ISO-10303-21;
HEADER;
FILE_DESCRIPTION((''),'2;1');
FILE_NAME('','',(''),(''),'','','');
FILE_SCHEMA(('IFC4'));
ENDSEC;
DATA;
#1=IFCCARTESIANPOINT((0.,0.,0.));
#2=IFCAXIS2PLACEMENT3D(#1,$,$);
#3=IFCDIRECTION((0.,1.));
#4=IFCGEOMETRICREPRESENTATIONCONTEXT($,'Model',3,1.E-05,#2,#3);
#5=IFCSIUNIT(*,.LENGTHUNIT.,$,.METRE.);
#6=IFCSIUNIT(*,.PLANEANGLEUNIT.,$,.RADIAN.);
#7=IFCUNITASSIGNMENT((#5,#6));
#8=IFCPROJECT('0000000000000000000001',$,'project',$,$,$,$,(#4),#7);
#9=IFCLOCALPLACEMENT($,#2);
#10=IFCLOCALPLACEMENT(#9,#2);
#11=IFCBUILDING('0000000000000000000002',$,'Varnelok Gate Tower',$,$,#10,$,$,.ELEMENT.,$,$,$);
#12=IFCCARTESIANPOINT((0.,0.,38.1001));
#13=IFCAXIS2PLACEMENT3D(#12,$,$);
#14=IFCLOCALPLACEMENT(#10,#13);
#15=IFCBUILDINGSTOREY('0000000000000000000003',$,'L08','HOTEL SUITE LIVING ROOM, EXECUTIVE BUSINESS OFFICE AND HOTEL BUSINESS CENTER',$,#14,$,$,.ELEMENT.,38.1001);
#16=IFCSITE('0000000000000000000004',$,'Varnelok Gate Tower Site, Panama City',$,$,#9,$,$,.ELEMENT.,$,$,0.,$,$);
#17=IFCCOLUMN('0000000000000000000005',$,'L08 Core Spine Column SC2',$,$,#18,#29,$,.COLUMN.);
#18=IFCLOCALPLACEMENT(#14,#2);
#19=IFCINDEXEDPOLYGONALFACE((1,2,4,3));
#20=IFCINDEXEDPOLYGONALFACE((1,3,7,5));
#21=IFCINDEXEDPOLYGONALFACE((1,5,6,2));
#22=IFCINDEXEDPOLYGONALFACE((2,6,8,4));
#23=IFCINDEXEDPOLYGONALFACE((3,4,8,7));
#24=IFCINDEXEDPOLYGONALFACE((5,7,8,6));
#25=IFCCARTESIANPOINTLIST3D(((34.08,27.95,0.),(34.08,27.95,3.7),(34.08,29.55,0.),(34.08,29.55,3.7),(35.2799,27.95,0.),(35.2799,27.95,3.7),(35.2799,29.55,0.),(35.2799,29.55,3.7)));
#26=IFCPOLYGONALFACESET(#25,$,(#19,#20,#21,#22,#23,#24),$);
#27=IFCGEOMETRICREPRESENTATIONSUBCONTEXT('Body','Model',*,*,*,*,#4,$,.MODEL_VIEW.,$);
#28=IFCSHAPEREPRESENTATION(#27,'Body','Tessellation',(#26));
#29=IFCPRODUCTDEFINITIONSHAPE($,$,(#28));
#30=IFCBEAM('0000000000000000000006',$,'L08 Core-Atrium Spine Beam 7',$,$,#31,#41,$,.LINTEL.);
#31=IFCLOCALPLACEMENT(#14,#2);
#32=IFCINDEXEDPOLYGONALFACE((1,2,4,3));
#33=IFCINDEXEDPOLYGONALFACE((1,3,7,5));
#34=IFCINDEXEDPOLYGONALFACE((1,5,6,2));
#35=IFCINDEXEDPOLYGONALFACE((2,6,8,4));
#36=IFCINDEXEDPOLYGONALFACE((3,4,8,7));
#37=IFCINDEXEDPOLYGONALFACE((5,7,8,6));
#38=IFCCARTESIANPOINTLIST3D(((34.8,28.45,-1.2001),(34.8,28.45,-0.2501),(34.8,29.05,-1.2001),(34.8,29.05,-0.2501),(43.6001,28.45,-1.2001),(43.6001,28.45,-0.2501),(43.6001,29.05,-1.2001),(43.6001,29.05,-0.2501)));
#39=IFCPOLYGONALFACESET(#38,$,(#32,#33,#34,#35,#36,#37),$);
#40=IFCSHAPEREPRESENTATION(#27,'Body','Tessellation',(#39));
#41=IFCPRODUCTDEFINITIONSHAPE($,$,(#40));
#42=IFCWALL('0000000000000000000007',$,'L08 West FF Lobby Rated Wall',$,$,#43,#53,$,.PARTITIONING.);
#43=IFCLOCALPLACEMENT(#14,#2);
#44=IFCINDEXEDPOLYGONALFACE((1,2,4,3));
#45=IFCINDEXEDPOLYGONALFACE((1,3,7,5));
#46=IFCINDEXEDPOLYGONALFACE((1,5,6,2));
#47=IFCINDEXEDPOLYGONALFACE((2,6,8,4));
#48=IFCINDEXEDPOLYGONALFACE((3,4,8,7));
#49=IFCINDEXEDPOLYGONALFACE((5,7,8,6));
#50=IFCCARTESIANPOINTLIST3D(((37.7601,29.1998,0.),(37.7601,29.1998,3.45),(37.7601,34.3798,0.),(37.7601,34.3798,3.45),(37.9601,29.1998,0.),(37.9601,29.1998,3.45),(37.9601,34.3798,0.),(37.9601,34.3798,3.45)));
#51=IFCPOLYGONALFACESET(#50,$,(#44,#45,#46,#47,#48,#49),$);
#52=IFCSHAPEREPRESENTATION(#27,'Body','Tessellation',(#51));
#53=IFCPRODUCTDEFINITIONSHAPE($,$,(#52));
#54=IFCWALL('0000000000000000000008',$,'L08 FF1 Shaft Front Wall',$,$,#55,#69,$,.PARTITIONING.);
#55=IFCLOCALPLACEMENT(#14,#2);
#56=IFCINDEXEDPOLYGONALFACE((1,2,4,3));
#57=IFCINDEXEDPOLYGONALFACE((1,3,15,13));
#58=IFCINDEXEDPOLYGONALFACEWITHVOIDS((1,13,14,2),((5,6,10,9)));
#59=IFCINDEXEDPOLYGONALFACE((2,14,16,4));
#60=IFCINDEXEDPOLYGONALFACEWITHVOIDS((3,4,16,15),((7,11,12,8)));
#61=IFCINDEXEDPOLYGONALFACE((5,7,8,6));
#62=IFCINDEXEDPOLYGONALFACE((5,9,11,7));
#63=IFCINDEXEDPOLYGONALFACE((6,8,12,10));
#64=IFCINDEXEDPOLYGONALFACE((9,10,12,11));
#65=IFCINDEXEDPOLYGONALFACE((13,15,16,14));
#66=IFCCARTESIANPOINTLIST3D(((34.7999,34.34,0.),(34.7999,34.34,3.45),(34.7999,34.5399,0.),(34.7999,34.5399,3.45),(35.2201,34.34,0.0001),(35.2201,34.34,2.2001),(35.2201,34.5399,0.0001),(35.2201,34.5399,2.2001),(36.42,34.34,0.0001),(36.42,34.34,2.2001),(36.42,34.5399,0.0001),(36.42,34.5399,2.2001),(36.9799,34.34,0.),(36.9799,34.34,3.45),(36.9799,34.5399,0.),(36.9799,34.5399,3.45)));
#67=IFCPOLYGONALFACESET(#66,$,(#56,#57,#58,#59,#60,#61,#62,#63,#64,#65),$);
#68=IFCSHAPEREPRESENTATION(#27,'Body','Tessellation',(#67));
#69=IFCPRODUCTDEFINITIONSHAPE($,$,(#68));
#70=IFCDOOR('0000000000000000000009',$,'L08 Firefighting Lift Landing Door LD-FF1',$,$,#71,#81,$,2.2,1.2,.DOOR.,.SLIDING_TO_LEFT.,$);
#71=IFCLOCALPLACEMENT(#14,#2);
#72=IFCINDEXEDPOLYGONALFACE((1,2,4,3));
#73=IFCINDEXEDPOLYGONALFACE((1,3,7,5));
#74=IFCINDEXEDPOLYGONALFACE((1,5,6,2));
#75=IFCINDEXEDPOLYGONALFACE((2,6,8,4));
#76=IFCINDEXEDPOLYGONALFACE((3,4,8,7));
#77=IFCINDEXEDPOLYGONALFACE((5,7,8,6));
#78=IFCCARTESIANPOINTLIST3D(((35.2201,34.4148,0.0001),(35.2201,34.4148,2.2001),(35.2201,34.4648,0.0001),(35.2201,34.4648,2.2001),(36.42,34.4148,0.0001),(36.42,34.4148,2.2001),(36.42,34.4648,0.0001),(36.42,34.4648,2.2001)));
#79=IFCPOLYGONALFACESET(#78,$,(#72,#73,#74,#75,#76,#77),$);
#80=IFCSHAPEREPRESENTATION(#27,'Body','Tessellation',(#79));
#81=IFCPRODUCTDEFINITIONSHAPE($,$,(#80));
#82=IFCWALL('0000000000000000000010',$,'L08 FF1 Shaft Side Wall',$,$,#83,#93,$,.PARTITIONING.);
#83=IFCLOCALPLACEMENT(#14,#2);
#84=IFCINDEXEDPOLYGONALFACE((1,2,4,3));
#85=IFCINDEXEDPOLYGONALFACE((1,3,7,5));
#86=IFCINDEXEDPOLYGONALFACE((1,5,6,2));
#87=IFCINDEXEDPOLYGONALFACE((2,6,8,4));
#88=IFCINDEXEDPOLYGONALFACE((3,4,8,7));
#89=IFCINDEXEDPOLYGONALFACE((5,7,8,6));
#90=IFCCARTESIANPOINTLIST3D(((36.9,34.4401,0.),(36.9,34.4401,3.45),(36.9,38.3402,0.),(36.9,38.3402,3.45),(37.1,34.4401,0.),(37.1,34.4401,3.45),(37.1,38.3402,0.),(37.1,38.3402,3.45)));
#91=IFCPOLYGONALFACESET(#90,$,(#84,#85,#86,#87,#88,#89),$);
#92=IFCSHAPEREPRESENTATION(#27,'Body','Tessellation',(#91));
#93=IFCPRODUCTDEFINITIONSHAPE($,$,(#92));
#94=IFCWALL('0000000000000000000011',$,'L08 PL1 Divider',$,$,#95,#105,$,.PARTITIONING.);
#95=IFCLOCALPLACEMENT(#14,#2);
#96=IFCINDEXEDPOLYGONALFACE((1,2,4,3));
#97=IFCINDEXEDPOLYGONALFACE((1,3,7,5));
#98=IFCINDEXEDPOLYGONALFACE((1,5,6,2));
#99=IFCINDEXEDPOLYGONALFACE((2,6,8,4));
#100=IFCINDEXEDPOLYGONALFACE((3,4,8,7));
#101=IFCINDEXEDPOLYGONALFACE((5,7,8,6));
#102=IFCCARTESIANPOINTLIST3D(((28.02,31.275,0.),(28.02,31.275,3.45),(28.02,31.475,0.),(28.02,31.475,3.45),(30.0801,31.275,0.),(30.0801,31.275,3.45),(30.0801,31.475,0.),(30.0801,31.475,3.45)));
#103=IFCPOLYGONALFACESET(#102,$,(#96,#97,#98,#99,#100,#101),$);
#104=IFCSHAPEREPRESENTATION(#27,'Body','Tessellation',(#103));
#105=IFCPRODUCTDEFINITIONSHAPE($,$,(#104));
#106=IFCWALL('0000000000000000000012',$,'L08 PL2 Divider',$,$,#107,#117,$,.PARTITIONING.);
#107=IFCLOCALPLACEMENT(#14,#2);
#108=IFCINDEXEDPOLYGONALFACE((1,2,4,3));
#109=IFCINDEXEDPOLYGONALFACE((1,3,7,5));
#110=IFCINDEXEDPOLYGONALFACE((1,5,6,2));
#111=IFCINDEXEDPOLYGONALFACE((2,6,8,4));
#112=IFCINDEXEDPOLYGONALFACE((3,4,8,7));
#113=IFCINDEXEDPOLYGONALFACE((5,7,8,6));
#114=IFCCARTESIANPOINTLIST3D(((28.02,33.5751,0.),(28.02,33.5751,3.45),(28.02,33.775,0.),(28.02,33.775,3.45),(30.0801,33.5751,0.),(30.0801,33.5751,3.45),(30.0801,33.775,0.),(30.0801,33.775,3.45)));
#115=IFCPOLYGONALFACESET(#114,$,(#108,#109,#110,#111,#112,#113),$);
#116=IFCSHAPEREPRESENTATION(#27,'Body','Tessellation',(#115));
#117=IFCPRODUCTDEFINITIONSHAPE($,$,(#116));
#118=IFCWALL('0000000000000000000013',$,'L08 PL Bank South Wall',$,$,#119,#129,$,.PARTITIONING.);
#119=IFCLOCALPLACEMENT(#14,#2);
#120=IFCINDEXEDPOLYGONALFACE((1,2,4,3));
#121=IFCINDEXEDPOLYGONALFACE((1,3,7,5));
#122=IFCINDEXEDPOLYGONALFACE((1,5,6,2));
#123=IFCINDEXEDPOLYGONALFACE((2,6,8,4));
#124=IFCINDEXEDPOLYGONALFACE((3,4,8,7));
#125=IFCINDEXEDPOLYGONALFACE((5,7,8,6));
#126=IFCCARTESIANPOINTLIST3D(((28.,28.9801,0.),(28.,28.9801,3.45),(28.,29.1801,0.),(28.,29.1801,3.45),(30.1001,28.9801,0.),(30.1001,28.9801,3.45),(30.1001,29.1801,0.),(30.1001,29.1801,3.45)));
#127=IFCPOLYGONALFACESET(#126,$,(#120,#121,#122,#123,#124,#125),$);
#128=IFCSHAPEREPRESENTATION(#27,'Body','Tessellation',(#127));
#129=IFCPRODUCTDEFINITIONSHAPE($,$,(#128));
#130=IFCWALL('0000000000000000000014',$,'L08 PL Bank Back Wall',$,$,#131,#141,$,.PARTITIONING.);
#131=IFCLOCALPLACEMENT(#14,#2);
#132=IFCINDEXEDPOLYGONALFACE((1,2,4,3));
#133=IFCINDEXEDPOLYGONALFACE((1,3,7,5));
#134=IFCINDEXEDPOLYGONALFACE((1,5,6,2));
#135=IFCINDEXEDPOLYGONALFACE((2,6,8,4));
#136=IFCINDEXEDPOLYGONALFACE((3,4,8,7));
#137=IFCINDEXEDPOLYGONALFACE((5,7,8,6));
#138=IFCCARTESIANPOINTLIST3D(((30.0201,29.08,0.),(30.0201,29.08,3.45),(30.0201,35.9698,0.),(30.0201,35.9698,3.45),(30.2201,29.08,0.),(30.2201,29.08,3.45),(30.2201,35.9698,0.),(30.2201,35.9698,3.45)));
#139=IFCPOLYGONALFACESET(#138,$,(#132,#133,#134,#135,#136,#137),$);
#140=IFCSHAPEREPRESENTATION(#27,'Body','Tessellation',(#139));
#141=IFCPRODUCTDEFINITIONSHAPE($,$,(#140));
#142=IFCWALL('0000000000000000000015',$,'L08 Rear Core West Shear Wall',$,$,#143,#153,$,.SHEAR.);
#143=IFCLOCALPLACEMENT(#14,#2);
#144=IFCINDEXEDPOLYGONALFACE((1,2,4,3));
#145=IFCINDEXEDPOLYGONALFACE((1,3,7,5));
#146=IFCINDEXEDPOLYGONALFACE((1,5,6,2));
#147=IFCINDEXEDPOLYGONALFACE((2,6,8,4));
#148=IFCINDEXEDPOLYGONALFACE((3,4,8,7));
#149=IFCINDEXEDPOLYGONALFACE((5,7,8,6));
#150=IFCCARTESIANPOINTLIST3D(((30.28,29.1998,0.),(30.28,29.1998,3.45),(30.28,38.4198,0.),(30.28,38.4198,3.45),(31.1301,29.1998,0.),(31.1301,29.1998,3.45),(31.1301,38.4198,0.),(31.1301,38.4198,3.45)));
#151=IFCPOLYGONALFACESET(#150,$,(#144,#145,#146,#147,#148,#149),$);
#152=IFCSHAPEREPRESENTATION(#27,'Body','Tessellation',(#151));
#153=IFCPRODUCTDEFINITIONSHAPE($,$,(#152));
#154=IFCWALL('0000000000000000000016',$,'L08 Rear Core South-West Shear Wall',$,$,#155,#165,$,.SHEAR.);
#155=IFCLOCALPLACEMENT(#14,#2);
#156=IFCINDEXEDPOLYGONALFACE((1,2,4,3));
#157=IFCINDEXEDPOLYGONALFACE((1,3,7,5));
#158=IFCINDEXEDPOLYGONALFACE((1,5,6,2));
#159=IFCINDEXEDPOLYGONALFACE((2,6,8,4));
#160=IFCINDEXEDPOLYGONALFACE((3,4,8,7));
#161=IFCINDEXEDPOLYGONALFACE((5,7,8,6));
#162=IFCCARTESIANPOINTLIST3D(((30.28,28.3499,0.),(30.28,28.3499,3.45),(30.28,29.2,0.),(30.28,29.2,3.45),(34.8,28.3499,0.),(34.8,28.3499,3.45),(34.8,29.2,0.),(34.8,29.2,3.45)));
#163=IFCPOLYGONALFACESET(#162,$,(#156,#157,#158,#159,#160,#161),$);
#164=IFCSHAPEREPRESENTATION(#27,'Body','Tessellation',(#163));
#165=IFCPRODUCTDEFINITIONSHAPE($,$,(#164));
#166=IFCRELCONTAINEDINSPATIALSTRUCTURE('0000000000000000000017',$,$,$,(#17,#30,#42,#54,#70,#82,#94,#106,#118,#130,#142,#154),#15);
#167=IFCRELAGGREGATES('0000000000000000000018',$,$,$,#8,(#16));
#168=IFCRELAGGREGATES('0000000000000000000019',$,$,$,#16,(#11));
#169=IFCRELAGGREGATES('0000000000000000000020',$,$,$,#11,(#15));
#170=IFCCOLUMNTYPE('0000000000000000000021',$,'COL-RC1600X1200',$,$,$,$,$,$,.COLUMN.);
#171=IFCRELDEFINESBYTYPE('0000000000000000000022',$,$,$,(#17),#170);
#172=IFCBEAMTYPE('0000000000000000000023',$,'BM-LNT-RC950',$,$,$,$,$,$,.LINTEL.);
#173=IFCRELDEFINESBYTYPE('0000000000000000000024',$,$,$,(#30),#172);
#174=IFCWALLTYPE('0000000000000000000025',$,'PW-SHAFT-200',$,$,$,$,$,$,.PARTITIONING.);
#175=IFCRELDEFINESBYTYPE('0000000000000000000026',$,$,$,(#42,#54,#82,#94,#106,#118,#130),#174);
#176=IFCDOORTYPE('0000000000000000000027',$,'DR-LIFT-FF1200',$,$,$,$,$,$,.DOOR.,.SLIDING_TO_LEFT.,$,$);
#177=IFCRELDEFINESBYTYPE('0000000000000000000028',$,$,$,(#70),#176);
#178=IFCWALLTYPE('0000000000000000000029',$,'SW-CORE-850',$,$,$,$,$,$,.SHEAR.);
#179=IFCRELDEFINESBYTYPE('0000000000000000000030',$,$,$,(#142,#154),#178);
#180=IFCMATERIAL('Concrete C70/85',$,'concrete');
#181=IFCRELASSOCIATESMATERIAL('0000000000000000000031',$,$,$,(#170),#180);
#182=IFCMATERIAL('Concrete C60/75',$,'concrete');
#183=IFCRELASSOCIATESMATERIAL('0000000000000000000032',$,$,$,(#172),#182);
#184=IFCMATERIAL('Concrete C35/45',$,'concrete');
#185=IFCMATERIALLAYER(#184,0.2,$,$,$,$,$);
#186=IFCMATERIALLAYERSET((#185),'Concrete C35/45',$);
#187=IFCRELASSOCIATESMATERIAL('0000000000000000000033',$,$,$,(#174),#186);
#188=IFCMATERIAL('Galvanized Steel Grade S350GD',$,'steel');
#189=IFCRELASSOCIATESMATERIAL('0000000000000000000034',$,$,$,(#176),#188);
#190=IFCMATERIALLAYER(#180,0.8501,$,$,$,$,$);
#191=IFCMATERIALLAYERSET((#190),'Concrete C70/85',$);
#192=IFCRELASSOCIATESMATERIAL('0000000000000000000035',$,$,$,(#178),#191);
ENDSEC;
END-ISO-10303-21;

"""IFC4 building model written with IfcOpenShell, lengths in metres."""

from ifc_helpers import new_model, si_unit, direction, frame, frame_2d, origin, origin_2d, place, context, subcontext, project, spatial, rectangle, extrude, material, layer, layer_set, material_profile, profile_set, type_object, element, fill, save


model = new_model("IFC4")

# Units and contexts
model_context = context("Model", 3, precision=1e-05, world=origin(), true_north=direction((0.0, 1.0)))
body_context = subcontext(model_context, "Body", "Model", "MODEL_VIEW")
ifc_project = project(units=[si_unit("LENGTHUNIT", "METRE"), si_unit("PLANEANGLEUNIT", "RADIAN")], contexts=[model_context])

# Site, building, storey
site_placement = place(None, origin())
site = spatial("IfcSite", under=ifc_project, at=site_placement, Name="Varnelok Gate Tower Site, Panama City", CompositionType="ELEMENT", RefElevation=0.0)
building_placement = place(site_placement, origin())
building = spatial("IfcBuilding", under=site, at=building_placement, Name="Varnelok Gate Tower", CompositionType="ELEMENT")
storey_placement = place(building_placement, frame((0.0, 0.0, 38.1001)))
storey = spatial("IfcBuildingStorey", under=building, at=storey_placement, Name="L08", Description="HOTEL SUITE LIVING ROOM, EXECUTIVE BUSINESS OFFICE AND HOTEL BUSINESS CENTER", CompositionType="ELEMENT", Elevation=38.1001)

# Column
ifc_material_1 = material(Name="Concrete C70/85", Category="concrete")
ifc_material_profile_1 = material_profile(ifc_material_1, rectangle(XDim=1.2, YDim=1.6001, at=origin_2d()), Name="RC1600X1200")
ifc_profile_set_1 = profile_set([ifc_material_profile_1], Name="Concrete C70/85")
column_type = type_object("IfcColumnType", Name="COL-RC1600X1200", PredefinedType="COLUMN", material=ifc_profile_set_1)
column_placement = place(storey_placement, frame((34.6799, 28.75, 0.0), z_axis=(0.0, 0.0, 1.0), x_axis=(1.0, 0.0, 0.0)))
element("IfcColumn", 1, at=column_placement, inside=storey, type_object=column_type, Name="L08 Core Spine Column SC2", PredefinedType="COLUMN", context=body_context, shape_type="SweptSolid", body=[
    extrude(rectangle(XDim=1.2, YDim=1.6001, at=origin_2d()), origin(), (0.0, 0.0, 1.0), 3.7),
])

# Beam
ifc_material_2 = material(Name="Concrete C60/75", Category="concrete")
ifc_material_profile_2 = material_profile(ifc_material_2, rectangle(XDim=0.6001, YDim=0.95, at=origin_2d()), Name="RC950X600")
ifc_profile_set_2 = profile_set([ifc_material_profile_2], Name="Concrete C60/75")
beam_type = type_object("IfcBeamType", Name="BM-LNT-RC950", PredefinedType="LINTEL", material=ifc_profile_set_2)
beam_placement = place(storey_placement, frame((34.8, 28.75, -0.7251), z_axis=(1.0, 0.0, 0.0), x_axis=(0.0, 1.0, 0.0)))
element("IfcBeam", 2, at=beam_placement, inside=storey, type_object=beam_type, Name="L08 Core-Atrium Spine Beam 7", PredefinedType="LINTEL", context=body_context, shape_type="SweptSolid", body=[
    extrude(rectangle(XDim=0.6001, YDim=0.95, at=origin_2d()), origin(), (0.0, 0.0, 1.0), 8.8),
])

# Wall
ifc_material_3 = material(Name="Concrete C35/45", Category="concrete")
ifc_layer_1 = layer(ifc_material_3, 0.2)
ifc_layer_set_1 = layer_set([ifc_layer_1], Name="Concrete C35/45")
wall_type_1 = type_object("IfcWallType", Name="PW-SHAFT-200", PredefinedType="PARTITIONING", material=ifc_layer_set_1)
wall_1_placement = place(storey_placement, frame((37.8601, 29.2, 0.0), z_axis=(0.0, 0.0, 1.0), x_axis=(0.0, 1.0, 0.0)))
element("IfcWall", 3, at=wall_1_placement, inside=storey, type_object=wall_type_1, Name="L08 West FF Lobby Rated Wall", PredefinedType="PARTITIONING", context=body_context, shape_type="SweptSolid", body=[
    extrude(rectangle(XDim=5.1799, YDim=0.2, at=frame_2d((2.5898, 0.0))), origin(), (0.0, 0.0, 1.0), 3.45),
])

# Wall, opening, door
wall_2_placement = place(storey_placement, frame((34.8, 34.4399, 0.0), z_axis=(0.0, 0.0, 1.0), x_axis=(1.0, 0.0, 0.0)))
wall_2 = element("IfcWall", 4, at=wall_2_placement, inside=storey, type_object=wall_type_1, Name="L08 FF1 Shaft Front Wall", PredefinedType="PARTITIONING", context=body_context, shape_type="SweptSolid", body=[
    extrude(rectangle(XDim=2.1799, YDim=0.2, at=frame_2d((1.0898, 0.0))), origin(), (0.0, 0.0, 1.0), 3.45),
])
opening_1_placement = place(wall_2_placement, frame((0.4199, 0.0, 0.0)))
opening_1 = element("IfcOpeningElement", 5, at=opening_1_placement, cuts=wall_2, PredefinedType="OPENING", context=body_context, shape_type="SweptSolid", body=[
    extrude(rectangle(XDim=1.2, YDim=2.2, at=frame_2d((0.6001, 1.1001))), frame((0.0, 0.1099, 0.0), z_axis=(0.0, -1.0, 0.0), x_axis=(1.0, 0.0, 0.0)), (0.0, 0.0, 1.0), 0.22),
])
ifc_material_4 = material(Name="Galvanized Steel Grade S350GD", Category="steel")
door_type_1 = type_object("IfcDoorType", Name="DR-LIFT-FF1200", OperationType="SLIDING_TO_LEFT", PredefinedType="DOOR", material=ifc_material_4)
door_1_placement = place(opening_1_placement, origin())
door_1 = element("IfcDoor", 6, at=door_1_placement, inside=storey, type_object=door_type_1, Name="L08 Firefighting Lift Landing Door LD-FF1", OperationType="SLIDING_TO_LEFT", OverallHeight=2.2, OverallWidth=1.2, PredefinedType="DOOR", context=body_context, shape_type="SweptSolid", body=[
    extrude(rectangle(XDim=1.2, YDim=2.2, at=frame_2d((0.6001, 1.1001))), frame((0.0, 0.0249, 0.0), z_axis=(0.0, -1.0, 0.0), x_axis=(1.0, 0.0, 0.0)), (0.0, 0.0, 1.0), 0.05),
])
fill(opening_1, door_1)

# Walls
wall_3_placement = place(storey_placement, frame((37.0, 34.4399, 0.0), z_axis=(0.0, 0.0, 1.0), x_axis=(0.0, 1.0, 0.0)))
element("IfcWall", 7, at=wall_3_placement, inside=storey, type_object=wall_type_1, Name="L08 FF1 Shaft Side Wall", PredefinedType="PARTITIONING", context=body_context, shape_type="SweptSolid", body=[
    extrude(rectangle(XDim=3.9001, YDim=0.2, at=frame_2d((1.9502, 0.0))), origin(), (0.0, 0.0, 1.0), 3.45),
])
for number, where, z_axis, x_axis, name in (
    (8, (28.02, 31.375, 0.0), (0.0, 0.0, 1.0), (1.0, 0.0, 0.0), "L08 PL1 Divider"),
    (9, (28.02, 33.675, 0.0), (0.0, 0.0, 1.0), (1.0, 0.0, 0.0), "L08 PL2 Divider"),
):
    element("IfcWall", number, at=place(storey_placement, frame(where, z_axis=z_axis, x_axis=x_axis)), inside=storey, type_object=wall_type_1, Name=name, PredefinedType="PARTITIONING", context=body_context, shape_type="SweptSolid", body=[
        extrude(rectangle(XDim=2.0601, YDim=0.2, at=frame_2d((1.03, 0.0))), origin(), (0.0, 0.0, 1.0), 3.45),
    ])
wall_4_placement = place(storey_placement, frame((28.0, 29.0801, 0.0), z_axis=(0.0, 0.0, 1.0), x_axis=(1.0, 0.0, 0.0)))
element("IfcWall", 10, at=wall_4_placement, inside=storey, type_object=wall_type_1, Name="L08 PL Bank South Wall", PredefinedType="PARTITIONING", context=body_context, shape_type="SweptSolid", body=[
    extrude(rectangle(XDim=2.1001, YDim=0.2, at=frame_2d((1.05, 0.0))), origin(), (0.0, 0.0, 1.0), 3.45),
])
wall_5_placement = place(storey_placement, frame((30.1201, 29.0801, 0.0), z_axis=(0.0, 0.0, 1.0), x_axis=(0.0, 1.0, 0.0)))
element("IfcWall", 11, at=wall_5_placement, inside=storey, type_object=wall_type_1, Name="L08 PL Bank Back Wall", PredefinedType="PARTITIONING", context=body_context, shape_type="SweptSolid", body=[
    extrude(rectangle(XDim=6.8899, YDim=0.2, at=frame_2d((3.4448, 0.0))), origin(), (0.0, 0.0, 1.0), 3.45),
])

# Walls
ifc_layer_2 = layer(ifc_material_1, 0.8501)
ifc_layer_set_2 = layer_set([ifc_layer_2], Name="Concrete C70/85")
wall_type_2 = type_object("IfcWallType", Name="SW-CORE-850", PredefinedType="SHEAR", material=ifc_layer_set_2)
wall_6_placement = place(storey_placement, frame((30.7051, 29.2, 0.0), z_axis=(0.0, 0.0, 1.0), x_axis=(0.0, 1.0, 0.0)))
element("IfcWall", 12, at=wall_6_placement, inside=storey, type_object=wall_type_2, Name="L08 Rear Core West Shear Wall", PredefinedType="SHEAR", context=body_context, shape_type="SweptSolid", body=[
    extrude(rectangle(XDim=9.22, YDim=0.8501, at=frame_2d((4.6099, 0.0))), origin(), (0.0, 0.0, 1.0), 3.45),
])
wall_7_placement = place(storey_placement, frame((30.28, 28.7749, 0.0), z_axis=(0.0, 0.0, 1.0), x_axis=(1.0, 0.0, 0.0)))
element("IfcWall", 13, at=wall_7_placement, inside=storey, type_object=wall_type_2, Name="L08 Rear Core South-West Shear Wall", PredefinedType="SHEAR", context=body_context, shape_type="SweptSolid", body=[
    extrude(rectangle(XDim=4.52, YDim=0.8501, at=frame_2d((2.26, 0.0))), origin(), (0.0, 0.0, 1.0), 3.45),
])

save(model, "model.ifc")
